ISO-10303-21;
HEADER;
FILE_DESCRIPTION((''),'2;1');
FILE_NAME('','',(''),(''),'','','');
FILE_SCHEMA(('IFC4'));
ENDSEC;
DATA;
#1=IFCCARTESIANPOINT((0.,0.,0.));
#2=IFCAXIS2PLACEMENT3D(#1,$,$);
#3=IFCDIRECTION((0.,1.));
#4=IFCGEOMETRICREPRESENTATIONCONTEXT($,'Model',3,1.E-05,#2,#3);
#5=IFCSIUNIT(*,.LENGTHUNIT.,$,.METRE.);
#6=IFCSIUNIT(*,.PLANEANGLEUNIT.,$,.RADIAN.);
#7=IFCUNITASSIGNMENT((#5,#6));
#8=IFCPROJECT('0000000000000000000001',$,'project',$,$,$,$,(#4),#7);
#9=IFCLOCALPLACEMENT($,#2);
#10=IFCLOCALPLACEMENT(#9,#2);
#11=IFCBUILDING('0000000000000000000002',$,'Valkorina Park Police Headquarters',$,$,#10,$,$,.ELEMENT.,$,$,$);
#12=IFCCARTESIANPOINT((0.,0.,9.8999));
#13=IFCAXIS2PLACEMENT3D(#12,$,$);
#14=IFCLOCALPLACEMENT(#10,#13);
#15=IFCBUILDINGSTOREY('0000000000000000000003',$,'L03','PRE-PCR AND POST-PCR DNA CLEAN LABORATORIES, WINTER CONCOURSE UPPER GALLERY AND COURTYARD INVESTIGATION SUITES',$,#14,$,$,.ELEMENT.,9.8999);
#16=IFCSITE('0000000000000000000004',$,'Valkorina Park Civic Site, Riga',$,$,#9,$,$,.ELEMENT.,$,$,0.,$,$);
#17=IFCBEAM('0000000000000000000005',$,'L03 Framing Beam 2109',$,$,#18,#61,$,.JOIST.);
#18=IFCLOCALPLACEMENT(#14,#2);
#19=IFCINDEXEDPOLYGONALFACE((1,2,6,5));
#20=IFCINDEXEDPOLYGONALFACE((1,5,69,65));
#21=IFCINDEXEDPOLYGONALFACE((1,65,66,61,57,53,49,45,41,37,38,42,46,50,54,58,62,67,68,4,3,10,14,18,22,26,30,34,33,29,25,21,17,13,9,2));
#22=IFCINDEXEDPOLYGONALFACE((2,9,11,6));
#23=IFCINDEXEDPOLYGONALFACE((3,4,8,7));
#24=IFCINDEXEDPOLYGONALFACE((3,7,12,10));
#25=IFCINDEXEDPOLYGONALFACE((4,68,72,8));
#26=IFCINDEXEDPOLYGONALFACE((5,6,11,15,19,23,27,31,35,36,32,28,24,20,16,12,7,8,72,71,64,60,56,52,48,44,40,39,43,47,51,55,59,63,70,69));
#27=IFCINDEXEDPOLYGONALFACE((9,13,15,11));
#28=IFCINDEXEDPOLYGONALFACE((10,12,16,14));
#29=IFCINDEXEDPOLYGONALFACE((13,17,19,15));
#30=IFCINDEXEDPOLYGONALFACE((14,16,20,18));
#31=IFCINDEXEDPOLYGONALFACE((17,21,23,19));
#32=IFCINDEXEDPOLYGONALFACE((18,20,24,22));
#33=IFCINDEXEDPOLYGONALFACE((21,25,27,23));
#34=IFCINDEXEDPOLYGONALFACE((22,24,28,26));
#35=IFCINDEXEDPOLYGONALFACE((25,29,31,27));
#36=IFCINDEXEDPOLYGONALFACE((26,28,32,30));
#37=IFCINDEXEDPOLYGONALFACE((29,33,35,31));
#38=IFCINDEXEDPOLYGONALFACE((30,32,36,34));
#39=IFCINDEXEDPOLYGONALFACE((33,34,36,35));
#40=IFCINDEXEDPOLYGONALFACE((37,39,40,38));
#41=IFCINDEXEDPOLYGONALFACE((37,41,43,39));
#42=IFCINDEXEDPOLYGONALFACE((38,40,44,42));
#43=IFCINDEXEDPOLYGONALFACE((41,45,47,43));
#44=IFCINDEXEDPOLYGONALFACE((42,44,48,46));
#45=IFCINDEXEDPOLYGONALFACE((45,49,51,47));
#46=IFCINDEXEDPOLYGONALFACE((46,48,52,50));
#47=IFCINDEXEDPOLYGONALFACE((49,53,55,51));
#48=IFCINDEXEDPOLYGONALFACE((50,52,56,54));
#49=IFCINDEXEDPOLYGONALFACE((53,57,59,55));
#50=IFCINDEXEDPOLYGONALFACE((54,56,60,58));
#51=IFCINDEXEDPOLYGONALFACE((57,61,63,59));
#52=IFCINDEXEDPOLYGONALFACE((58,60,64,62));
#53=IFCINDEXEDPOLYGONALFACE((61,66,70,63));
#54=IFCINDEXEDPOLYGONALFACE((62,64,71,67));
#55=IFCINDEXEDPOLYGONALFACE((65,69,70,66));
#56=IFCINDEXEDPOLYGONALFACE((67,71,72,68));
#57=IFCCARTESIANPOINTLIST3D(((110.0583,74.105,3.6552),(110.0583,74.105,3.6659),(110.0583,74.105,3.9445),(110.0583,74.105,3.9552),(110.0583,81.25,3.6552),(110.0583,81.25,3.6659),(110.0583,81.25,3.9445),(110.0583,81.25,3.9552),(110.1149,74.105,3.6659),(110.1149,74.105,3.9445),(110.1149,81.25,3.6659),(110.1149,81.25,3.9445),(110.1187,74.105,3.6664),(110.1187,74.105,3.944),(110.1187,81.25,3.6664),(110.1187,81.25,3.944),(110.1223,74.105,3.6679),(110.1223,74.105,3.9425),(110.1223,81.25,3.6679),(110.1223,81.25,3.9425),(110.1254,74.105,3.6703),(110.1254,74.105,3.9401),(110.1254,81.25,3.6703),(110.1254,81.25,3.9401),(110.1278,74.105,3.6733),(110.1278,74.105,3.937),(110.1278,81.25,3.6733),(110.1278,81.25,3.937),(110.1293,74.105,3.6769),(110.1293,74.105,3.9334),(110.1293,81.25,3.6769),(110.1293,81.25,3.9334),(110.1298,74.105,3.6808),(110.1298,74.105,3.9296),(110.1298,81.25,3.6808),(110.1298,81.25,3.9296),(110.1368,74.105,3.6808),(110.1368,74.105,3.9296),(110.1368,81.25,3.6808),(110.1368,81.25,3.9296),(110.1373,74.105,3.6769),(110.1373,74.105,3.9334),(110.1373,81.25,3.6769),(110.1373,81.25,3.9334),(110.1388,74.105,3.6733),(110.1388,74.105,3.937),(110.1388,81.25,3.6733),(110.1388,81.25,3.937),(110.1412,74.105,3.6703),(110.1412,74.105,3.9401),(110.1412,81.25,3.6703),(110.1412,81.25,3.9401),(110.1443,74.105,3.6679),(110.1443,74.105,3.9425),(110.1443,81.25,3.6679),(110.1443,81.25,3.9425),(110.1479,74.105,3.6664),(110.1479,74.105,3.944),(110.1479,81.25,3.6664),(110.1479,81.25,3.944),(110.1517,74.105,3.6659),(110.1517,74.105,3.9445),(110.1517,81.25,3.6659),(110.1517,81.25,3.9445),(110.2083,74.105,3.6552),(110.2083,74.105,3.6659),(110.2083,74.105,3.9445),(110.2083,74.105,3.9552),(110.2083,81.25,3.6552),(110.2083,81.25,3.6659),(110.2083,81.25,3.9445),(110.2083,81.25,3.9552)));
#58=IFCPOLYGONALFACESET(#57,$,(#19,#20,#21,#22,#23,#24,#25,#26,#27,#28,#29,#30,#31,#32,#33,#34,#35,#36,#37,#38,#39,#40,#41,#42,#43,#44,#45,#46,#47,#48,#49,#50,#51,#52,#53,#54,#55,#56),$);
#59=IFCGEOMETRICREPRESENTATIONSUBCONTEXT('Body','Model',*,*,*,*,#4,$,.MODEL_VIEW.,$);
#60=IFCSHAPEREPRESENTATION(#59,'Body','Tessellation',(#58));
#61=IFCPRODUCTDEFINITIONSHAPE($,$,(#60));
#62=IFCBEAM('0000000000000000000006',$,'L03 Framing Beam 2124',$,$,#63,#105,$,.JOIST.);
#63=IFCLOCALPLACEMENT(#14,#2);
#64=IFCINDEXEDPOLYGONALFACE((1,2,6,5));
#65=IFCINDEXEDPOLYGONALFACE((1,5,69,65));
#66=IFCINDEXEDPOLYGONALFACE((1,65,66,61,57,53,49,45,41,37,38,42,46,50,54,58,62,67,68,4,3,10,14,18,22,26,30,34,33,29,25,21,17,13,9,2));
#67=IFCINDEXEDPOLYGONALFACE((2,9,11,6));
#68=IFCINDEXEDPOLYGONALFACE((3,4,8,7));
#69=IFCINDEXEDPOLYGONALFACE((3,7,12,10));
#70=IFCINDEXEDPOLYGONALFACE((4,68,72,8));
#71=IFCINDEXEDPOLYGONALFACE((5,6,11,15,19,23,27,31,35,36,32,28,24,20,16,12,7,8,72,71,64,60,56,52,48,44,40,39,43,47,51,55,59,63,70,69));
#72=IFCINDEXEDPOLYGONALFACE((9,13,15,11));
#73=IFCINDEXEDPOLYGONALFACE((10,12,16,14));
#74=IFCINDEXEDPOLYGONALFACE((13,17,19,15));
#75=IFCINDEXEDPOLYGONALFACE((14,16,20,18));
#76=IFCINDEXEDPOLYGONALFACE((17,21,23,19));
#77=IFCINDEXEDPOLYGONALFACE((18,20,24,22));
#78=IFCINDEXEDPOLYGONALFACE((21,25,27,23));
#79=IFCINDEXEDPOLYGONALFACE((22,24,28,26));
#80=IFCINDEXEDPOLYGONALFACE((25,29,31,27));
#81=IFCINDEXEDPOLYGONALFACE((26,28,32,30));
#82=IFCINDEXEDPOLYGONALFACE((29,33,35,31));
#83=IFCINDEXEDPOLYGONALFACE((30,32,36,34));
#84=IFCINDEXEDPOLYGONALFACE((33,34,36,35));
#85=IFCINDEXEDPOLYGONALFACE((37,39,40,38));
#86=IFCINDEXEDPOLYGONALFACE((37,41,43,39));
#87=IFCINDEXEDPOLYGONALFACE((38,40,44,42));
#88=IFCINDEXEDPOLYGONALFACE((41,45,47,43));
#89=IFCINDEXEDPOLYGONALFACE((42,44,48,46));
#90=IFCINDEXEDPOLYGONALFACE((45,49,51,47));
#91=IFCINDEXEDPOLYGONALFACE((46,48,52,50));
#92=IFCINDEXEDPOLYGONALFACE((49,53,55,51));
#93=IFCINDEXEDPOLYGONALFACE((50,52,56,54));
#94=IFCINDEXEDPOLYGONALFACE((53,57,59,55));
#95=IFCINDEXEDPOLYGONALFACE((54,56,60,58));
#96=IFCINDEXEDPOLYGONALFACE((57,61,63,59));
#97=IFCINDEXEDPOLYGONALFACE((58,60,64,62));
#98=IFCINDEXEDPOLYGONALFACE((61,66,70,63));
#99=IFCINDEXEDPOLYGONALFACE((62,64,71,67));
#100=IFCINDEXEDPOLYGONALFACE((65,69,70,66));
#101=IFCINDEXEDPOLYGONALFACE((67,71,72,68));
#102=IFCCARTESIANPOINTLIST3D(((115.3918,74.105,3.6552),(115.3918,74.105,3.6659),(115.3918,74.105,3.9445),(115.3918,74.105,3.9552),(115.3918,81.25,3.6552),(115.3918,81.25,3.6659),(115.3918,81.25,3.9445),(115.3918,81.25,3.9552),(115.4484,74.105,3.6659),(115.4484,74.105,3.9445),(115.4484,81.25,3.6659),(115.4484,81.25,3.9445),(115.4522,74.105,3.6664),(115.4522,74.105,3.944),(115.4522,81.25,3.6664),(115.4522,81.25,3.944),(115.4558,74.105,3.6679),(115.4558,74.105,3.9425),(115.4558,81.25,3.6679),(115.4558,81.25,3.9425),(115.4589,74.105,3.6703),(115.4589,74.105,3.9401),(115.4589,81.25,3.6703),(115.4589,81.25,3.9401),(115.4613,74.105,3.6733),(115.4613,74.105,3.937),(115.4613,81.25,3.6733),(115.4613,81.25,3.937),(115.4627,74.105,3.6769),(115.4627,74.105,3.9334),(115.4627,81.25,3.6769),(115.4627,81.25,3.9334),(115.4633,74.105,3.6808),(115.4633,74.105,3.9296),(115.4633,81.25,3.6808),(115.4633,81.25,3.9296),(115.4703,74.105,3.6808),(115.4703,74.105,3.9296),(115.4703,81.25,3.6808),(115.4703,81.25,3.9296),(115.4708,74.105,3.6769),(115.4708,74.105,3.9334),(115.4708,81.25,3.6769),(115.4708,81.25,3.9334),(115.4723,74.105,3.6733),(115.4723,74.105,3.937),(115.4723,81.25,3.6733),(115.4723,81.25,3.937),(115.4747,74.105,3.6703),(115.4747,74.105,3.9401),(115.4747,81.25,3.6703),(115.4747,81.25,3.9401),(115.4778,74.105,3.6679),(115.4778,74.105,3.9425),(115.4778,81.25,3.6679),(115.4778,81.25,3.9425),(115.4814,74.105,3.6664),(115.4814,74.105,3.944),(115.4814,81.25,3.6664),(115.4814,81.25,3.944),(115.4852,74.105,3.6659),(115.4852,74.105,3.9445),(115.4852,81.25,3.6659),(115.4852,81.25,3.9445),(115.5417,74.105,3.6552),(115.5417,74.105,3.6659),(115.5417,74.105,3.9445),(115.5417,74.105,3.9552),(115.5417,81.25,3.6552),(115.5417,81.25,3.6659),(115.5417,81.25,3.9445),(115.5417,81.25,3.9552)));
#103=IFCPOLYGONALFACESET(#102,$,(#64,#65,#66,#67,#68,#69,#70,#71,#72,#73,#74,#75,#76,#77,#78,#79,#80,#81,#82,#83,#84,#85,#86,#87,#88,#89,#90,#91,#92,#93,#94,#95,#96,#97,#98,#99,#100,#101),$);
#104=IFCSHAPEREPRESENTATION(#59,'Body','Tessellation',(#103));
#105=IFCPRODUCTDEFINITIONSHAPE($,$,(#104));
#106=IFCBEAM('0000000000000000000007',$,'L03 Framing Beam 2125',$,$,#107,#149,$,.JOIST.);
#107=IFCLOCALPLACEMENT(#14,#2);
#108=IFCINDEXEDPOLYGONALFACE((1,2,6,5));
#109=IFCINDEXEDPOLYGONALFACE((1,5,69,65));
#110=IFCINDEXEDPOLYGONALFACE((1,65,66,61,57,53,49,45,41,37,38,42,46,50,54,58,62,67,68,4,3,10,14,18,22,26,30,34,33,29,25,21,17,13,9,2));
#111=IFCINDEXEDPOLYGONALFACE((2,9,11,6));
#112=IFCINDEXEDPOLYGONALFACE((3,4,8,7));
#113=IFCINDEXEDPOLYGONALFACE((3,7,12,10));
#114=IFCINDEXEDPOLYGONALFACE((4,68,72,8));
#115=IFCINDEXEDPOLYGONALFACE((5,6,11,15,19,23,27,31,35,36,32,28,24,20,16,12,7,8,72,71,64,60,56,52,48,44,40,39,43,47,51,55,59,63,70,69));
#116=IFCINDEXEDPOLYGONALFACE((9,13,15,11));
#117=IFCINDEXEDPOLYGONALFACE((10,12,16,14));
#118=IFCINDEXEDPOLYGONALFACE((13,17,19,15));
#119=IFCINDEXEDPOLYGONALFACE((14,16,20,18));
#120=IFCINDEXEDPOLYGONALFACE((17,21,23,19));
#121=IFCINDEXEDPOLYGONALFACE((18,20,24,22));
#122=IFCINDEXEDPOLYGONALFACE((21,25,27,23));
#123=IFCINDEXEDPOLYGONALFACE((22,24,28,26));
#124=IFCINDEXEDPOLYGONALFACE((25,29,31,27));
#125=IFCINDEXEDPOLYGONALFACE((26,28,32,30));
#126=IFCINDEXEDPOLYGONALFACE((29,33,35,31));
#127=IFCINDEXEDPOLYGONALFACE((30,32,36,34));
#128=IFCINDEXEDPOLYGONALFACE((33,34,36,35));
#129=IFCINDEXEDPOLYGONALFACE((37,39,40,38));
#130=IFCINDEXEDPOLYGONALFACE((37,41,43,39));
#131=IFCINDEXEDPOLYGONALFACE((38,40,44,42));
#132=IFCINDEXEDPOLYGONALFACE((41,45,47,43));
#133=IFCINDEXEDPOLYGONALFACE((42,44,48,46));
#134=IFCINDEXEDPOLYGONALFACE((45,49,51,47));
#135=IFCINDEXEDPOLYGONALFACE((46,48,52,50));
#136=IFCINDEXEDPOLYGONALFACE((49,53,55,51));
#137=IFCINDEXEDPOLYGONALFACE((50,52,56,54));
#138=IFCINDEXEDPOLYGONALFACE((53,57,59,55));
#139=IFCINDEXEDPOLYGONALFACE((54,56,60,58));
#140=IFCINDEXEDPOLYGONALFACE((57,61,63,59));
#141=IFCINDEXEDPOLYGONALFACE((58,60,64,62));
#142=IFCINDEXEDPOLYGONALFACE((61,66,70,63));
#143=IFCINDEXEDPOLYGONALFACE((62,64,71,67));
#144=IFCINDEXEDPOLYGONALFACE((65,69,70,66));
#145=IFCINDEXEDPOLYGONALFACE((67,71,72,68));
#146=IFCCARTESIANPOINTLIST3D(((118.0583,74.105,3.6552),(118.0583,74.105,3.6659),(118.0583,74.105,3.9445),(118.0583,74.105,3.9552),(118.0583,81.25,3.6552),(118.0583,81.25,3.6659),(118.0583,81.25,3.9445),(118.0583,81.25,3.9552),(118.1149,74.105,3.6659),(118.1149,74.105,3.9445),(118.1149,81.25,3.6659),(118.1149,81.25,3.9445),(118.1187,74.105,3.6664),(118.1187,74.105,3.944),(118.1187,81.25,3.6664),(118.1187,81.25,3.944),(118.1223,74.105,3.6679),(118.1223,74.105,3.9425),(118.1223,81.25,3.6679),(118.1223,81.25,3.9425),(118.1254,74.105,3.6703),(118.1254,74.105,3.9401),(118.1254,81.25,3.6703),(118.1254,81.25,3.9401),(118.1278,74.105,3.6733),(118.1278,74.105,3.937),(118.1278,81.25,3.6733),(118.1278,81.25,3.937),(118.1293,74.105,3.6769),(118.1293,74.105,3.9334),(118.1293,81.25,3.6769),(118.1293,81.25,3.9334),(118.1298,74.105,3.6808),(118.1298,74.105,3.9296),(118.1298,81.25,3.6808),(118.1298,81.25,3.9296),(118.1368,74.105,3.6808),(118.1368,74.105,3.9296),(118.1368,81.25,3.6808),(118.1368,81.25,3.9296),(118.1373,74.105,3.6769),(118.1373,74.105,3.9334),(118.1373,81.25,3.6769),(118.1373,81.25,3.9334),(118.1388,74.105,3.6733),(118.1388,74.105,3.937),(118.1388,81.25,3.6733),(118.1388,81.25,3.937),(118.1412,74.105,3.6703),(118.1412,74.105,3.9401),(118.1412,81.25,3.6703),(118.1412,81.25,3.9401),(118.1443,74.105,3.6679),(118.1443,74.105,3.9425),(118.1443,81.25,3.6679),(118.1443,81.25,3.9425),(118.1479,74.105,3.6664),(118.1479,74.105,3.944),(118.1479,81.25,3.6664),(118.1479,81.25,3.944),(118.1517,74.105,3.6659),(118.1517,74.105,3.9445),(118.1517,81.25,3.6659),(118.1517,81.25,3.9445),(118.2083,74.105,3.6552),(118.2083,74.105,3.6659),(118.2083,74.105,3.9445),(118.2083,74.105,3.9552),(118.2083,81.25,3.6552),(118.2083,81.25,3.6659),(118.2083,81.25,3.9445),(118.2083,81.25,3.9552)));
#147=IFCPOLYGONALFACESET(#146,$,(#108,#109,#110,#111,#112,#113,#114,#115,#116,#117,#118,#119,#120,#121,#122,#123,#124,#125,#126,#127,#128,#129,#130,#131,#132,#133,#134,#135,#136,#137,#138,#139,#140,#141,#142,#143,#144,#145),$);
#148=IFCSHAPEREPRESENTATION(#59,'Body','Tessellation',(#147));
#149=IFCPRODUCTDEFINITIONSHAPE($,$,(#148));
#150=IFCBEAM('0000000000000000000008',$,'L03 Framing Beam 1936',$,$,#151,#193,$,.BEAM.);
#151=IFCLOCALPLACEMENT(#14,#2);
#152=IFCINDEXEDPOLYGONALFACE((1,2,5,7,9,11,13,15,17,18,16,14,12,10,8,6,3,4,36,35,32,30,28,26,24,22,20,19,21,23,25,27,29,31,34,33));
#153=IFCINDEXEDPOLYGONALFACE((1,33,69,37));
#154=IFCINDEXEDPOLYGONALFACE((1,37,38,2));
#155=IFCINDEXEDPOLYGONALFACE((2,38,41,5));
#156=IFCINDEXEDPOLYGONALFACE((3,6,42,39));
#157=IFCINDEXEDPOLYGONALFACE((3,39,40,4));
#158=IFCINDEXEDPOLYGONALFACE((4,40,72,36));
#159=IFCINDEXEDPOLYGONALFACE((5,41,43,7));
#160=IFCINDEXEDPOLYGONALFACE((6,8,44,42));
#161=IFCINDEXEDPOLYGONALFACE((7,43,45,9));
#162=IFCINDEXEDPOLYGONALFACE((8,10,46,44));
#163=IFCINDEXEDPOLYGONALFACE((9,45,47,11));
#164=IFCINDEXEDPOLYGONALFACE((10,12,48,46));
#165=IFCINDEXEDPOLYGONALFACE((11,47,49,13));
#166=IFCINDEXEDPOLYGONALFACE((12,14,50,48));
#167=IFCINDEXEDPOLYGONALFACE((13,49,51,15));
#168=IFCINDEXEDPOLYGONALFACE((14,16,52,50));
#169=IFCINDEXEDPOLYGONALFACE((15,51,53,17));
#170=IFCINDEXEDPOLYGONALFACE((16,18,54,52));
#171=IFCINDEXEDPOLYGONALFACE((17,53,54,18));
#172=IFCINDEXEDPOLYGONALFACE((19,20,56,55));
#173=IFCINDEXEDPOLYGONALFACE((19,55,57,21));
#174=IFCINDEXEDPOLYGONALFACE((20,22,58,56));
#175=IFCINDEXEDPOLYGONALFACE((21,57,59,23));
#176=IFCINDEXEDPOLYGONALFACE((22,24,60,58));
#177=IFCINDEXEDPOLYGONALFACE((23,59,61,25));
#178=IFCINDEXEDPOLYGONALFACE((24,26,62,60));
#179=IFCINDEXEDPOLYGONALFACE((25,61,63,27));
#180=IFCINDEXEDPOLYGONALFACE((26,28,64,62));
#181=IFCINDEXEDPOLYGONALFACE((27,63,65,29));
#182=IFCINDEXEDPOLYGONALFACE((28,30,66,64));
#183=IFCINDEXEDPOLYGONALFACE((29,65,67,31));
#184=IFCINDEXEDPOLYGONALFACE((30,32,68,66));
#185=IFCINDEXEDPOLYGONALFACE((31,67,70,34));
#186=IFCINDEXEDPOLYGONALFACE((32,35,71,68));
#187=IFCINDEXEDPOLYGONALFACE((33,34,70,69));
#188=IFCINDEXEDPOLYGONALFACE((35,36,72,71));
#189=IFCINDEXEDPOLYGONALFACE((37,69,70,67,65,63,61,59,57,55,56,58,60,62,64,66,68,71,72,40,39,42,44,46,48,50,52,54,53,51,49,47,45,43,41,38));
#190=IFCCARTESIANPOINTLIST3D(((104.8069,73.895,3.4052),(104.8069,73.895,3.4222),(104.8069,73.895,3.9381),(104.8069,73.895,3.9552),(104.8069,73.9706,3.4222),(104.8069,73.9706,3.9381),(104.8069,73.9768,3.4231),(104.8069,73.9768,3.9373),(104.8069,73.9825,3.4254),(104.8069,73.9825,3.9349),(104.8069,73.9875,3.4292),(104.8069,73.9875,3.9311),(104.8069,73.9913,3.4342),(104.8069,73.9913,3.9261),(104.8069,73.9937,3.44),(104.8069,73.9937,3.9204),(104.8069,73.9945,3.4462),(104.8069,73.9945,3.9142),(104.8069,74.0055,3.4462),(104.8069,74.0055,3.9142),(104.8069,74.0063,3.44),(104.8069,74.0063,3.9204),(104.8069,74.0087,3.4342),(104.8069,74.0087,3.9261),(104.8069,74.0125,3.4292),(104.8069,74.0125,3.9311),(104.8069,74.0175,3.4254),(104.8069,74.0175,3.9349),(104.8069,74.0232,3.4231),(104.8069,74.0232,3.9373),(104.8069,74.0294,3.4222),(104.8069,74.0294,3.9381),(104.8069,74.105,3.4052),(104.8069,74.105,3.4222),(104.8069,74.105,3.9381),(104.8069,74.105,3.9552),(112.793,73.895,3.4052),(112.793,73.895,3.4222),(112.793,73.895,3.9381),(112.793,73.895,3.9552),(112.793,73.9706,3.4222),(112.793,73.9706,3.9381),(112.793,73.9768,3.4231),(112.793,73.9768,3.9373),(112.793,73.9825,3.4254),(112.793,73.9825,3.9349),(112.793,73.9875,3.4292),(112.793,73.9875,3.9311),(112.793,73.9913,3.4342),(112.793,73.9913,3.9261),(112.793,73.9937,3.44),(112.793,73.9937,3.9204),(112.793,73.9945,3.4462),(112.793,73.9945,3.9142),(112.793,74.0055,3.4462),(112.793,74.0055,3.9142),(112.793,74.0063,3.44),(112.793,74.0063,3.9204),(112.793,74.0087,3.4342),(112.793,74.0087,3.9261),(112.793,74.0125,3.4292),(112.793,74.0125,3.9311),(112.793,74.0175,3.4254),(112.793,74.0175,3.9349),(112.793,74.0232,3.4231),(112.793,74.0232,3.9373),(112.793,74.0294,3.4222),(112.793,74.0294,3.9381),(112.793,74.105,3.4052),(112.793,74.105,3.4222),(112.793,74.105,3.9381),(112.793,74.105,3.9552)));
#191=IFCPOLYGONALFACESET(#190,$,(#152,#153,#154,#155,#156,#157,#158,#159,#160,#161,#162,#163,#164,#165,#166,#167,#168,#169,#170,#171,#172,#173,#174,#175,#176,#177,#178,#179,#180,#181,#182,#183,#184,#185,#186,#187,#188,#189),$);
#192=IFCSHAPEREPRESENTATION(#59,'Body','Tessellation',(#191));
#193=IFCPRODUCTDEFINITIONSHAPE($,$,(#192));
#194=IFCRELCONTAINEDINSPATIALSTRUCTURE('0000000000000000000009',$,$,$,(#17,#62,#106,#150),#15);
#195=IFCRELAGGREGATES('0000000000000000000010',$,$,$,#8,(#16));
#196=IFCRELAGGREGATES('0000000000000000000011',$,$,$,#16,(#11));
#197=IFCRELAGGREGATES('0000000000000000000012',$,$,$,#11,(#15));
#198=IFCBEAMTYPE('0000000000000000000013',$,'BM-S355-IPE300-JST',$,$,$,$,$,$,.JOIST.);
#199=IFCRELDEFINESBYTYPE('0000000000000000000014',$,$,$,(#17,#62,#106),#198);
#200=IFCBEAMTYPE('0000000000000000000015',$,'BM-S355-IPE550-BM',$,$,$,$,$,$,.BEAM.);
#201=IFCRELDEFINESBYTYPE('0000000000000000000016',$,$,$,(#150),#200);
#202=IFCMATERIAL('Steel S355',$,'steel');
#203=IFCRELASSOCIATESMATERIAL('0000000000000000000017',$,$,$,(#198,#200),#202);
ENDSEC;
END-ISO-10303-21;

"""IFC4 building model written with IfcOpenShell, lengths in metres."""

from ifc_helpers import new_model, si_unit, direction, frame, origin, origin_2d, place, context, subcontext, project, spatial, i_section, extrude, material, material_profile, profile_set, type_object, element, save


model = new_model("IFC4")

# Units and contexts
model_context = context("Model", 3, precision=1e-05, world=origin(), true_north=direction((0.0, 1.0)))
body_context = subcontext(model_context, "Body", "Model", "MODEL_VIEW")
ifc_project = project(units=[si_unit("LENGTHUNIT", "METRE"), si_unit("PLANEANGLEUNIT", "RADIAN")], contexts=[model_context])

# Site, building, storey
site_placement = place(None, origin())
site = spatial("IfcSite", under=ifc_project, at=site_placement, Name="Valkorina Park Civic Site, Riga", CompositionType="ELEMENT", RefElevation=0.0)
building_placement = place(site_placement, origin())
building = spatial("IfcBuilding", under=site, at=building_placement, Name="Valkorina Park Police Headquarters", CompositionType="ELEMENT")
storey_placement = place(building_placement, frame((0.0, 0.0, 9.8999)))
storey = spatial("IfcBuildingStorey", under=building, at=storey_placement, Name="L03", Description="PRE-PCR AND POST-PCR DNA CLEAN LABORATORIES, WINTER CONCOURSE UPPER GALLERY AND COURTYARD INVESTIGATION SUITES", CompositionType="ELEMENT", Elevation=9.8999)

# Shared definitions
ifc_material_1 = material(Name="Steel S355", Category="steel")

# Beams
ifc_material_profile_1 = material_profile(ifc_material_1, i_section(OverallWidth=0.1499, OverallDepth=0.3, WebThickness=0.0071, FlangeThickness=0.0107, FilletRadius=0.0149, at=origin_2d()), Name="IPE 300")
ifc_profile_set_1 = profile_set([ifc_material_profile_1], Name="Steel S355")
beam_type_1 = type_object("IfcBeamType", Name="BM-S355-IPE300-JST", PredefinedType="JOIST", material=ifc_profile_set_1)
for number, where, z_axis, x_axis, name in (
    (1, (110.1333, 74.105, 3.8052), (0.0, 1.0, 0.0), (-1.0, 0.0, 0.0), "L03 Framing Beam 2109"),
    (2, (115.4668, 74.105, 3.8052), (0.0, 1.0, 0.0), (-1.0, 0.0, 0.0), "L03 Framing Beam 2124"),
    (3, (118.1333, 74.105, 3.8052), (0.0, 1.0, 0.0), (-1.0, 0.0, 0.0), "L03 Framing Beam 2125"),
):
    element("IfcBeam", number, at=place(storey_placement, frame(where, z_axis=z_axis, x_axis=x_axis)), inside=storey, type_object=beam_type_1, Name=name, PredefinedType="JOIST", context=body_context, shape_type="SweptSolid", body=[
        extrude(i_section(OverallWidth=0.1499, OverallDepth=0.3, WebThickness=0.0071, FlangeThickness=0.0107, FilletRadius=0.0149, at=origin_2d()), origin(), (0.0, 0.0, 1.0), 7.145),
    ])
ifc_material_profile_2 = material_profile(ifc_material_1, i_section(OverallWidth=0.21, OverallDepth=0.55, WebThickness=0.011, FlangeThickness=0.0171, FilletRadius=0.0239, at=origin_2d()), Name="IPE 550")
ifc_profile_set_2 = profile_set([ifc_material_profile_2], Name="Steel S355")
beam_type_2 = type_object("IfcBeamType", Name="BM-S355-IPE550-BM", PredefinedType="BEAM", material=ifc_profile_set_2)
for number, where, z_axis, x_axis, name in (
    (4, (104.8069, 74.0, 3.6802), (1.0, 0.0, 0.0), (0.0, 1.0, 0.0), "L03 Framing Beam 1936"),
):
    element("IfcBeam", number, at=place(storey_placement, frame(where, z_axis=z_axis, x_axis=x_axis)), inside=storey, type_object=beam_type_2, Name=name, PredefinedType="BEAM", context=body_context, shape_type="SweptSolid", body=[
        extrude(i_section(OverallWidth=0.21, OverallDepth=0.55, WebThickness=0.011, FlangeThickness=0.0171, FilletRadius=0.0239, at=origin_2d()), origin(), (0.0, 0.0, 1.0), 7.9861),
    ])

save(model, "model.ifc")
